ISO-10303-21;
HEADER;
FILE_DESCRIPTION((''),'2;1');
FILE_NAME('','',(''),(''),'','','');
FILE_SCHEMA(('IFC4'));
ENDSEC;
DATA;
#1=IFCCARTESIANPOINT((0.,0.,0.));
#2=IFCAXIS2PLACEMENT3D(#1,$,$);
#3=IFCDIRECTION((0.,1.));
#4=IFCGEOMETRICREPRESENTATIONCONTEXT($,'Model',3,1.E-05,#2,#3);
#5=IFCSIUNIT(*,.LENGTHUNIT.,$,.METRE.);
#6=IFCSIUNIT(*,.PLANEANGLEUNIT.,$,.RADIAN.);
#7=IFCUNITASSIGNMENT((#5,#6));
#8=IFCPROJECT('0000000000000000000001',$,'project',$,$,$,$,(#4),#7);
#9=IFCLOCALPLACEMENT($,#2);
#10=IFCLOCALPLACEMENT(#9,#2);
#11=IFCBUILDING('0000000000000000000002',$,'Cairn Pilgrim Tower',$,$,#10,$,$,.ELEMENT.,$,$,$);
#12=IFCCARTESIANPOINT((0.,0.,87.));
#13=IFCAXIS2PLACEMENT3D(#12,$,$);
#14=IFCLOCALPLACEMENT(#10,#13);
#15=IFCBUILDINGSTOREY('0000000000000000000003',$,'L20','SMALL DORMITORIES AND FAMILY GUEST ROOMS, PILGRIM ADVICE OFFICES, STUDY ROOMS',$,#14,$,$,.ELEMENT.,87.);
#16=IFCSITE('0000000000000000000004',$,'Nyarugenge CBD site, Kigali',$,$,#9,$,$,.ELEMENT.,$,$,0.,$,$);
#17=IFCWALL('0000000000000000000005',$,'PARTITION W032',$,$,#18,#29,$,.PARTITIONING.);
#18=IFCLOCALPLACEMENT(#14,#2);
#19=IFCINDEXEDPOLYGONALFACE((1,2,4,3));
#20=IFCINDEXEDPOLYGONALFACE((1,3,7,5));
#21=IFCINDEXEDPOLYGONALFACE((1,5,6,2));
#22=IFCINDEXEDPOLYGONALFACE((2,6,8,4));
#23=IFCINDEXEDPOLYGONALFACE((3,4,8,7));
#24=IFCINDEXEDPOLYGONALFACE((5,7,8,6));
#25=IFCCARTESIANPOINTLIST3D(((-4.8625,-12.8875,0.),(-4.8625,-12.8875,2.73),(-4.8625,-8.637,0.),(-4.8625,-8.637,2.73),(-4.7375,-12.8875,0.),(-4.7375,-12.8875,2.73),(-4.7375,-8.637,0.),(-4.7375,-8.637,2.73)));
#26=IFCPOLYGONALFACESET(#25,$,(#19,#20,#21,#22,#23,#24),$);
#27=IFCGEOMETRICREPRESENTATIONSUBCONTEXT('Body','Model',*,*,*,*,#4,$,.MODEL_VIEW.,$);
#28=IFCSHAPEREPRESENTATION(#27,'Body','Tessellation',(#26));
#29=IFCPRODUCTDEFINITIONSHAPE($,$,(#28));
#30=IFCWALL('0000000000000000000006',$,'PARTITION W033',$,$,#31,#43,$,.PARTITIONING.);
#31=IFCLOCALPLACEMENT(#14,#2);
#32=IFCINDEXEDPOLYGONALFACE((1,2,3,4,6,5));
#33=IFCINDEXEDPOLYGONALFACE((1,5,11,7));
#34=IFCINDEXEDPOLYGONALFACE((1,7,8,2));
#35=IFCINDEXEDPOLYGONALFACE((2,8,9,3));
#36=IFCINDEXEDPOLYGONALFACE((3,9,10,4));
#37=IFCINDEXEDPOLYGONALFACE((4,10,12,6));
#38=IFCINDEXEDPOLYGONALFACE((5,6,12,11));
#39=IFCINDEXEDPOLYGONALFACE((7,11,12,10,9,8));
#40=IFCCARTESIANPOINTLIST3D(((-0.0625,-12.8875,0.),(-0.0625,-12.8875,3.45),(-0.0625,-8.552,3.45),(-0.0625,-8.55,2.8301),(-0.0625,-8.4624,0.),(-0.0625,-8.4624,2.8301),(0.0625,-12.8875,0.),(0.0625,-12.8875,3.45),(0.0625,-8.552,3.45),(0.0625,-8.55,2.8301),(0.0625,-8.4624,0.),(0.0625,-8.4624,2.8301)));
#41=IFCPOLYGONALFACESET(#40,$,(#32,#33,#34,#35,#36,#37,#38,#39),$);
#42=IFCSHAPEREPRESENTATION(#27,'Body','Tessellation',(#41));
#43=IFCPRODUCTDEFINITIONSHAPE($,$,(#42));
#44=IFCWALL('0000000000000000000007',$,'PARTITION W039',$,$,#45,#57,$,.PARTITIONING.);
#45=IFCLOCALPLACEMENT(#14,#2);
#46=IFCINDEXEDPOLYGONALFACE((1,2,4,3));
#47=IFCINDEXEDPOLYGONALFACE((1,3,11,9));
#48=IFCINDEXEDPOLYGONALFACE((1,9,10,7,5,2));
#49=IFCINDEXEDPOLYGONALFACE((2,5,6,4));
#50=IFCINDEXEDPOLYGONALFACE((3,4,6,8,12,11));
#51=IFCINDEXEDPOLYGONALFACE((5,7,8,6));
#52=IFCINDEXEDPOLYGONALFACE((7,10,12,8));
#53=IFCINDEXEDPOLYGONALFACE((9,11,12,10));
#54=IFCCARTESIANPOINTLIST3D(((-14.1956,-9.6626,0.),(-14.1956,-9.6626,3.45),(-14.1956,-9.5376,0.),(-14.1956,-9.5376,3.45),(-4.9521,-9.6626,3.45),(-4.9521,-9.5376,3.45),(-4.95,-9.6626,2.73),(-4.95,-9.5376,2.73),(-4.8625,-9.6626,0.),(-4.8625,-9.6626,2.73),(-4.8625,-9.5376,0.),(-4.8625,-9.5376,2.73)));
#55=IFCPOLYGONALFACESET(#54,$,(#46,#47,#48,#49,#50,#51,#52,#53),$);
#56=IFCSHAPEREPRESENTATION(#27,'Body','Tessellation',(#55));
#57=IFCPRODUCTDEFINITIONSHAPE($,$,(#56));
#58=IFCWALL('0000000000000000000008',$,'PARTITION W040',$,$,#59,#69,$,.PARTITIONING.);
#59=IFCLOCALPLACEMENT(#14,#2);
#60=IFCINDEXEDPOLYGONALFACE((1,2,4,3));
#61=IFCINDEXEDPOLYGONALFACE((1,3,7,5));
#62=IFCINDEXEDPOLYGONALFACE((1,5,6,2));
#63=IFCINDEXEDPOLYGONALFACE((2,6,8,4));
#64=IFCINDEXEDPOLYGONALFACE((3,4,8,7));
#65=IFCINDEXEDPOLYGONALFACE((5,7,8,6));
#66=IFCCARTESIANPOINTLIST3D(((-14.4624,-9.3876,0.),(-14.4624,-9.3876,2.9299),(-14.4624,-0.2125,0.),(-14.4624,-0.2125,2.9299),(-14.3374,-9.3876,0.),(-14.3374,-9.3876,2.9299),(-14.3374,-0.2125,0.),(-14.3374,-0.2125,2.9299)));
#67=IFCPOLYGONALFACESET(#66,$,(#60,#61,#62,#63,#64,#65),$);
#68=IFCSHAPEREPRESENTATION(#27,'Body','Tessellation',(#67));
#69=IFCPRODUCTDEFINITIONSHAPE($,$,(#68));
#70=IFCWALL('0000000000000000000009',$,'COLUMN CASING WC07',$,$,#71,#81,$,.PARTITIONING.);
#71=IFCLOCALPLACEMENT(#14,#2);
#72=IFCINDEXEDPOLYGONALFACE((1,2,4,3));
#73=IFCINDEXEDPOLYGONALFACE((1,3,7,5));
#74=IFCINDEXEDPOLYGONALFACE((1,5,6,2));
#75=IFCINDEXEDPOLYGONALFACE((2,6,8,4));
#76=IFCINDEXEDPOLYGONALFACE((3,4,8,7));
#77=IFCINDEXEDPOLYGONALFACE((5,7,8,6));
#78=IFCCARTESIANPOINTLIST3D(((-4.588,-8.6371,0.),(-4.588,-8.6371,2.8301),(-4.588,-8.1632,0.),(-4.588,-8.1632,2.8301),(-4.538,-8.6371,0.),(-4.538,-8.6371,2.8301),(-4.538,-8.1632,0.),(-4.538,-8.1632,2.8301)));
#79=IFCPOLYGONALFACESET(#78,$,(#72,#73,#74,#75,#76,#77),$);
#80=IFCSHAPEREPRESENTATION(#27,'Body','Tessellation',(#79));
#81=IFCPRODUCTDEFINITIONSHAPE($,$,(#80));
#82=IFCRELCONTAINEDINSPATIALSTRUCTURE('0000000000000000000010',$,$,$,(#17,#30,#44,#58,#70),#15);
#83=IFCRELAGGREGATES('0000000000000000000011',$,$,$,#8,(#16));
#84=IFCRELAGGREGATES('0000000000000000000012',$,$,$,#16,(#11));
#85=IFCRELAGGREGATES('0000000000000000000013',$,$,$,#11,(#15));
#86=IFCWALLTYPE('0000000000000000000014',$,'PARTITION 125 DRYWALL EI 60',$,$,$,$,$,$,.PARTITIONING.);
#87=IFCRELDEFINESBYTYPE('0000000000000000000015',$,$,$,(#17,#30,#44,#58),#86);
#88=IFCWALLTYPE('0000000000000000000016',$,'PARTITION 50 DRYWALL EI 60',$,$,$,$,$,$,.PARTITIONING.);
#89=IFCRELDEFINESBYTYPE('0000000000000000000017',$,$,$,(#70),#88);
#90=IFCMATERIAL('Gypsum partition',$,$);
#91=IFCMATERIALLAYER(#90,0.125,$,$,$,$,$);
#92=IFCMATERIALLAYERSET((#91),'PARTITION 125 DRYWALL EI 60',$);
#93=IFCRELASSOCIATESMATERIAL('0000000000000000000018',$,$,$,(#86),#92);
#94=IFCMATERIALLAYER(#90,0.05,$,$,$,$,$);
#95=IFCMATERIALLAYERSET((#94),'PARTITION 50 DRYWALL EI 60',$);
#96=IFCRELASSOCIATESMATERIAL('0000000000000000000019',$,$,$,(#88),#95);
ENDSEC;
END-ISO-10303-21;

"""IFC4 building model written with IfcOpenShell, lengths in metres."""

from ifc_helpers import new_model, si_unit, direction, frame, frame_2d, origin, place, context, subcontext, project, spatial, polyline, rectangle, outline, extrude, material, layer, layer_set, type_object, element, save


model = new_model("IFC4")

# Units and contexts
model_context = context("Model", 3, precision=1e-05, world=origin(), true_north=direction((0.0, 1.0)))
body_context = subcontext(model_context, "Body", "Model", "MODEL_VIEW")
ifc_project = project(units=[si_unit("LENGTHUNIT", "METRE"), si_unit("PLANEANGLEUNIT", "RADIAN")], contexts=[model_context])

# Site, building, storey
site_placement = place(None, origin())
site = spatial("IfcSite", under=ifc_project, at=site_placement, Name="Nyarugenge CBD site, Kigali", CompositionType="ELEMENT", RefElevation=0.0)
building_placement = place(site_placement, origin())
building = spatial("IfcBuilding", under=site, at=building_placement, Name="Cairn Pilgrim Tower", CompositionType="ELEMENT")
storey_placement = place(building_placement, frame((0.0, 0.0, 87.0)))
storey = spatial("IfcBuildingStorey", under=building, at=storey_placement, Name="L20", Description="SMALL DORMITORIES AND FAMILY GUEST ROOMS, PILGRIM ADVICE OFFICES, STUDY ROOMS", CompositionType="ELEMENT", Elevation=87.0)

# Shared definitions
ifc_material_1 = material(Name="Gypsum partition")

# Walls
ifc_layer_1 = layer(ifc_material_1, 0.125)
ifc_layer_set_1 = layer_set([ifc_layer_1], Name="PARTITION 125 DRYWALL EI 60")
wall_type_1 = type_object("IfcWallType", Name="PARTITION 125 DRYWALL EI 60", PredefinedType="PARTITIONING", material=ifc_layer_set_1)
wall_1_placement = place(storey_placement, frame((-4.8, -12.8875, 0.0), z_axis=(0.0, 0.0, 1.0), x_axis=(0.0, 1.0, 0.0)))
element("IfcWall", 1, at=wall_1_placement, inside=storey, type_object=wall_type_1, Name="PARTITION W032", PredefinedType="PARTITIONING", context=body_context, shape_type="SweptSolid", body=[
    extrude(rectangle(XDim=4.2505, YDim=0.125, at=frame_2d((2.1252, 0.0))), origin(), (0.0, 0.0, 1.0), 2.73),
])
wall_2_placement = place(storey_placement, frame((0.0, -12.8875, 0.0), z_axis=(0.0, 0.0, 1.0), x_axis=(0.0, 1.0, 0.0)))
element("IfcWall", 2, at=wall_2_placement, inside=storey, type_object=wall_type_1, Name="PARTITION W033", PredefinedType="PARTITIONING", context=body_context, shape_type="SweptSolid", body=[
    extrude(outline(polyline([(0.0, 0.0), (4.425, 0.0), (4.425, 2.8301), (4.3374, 2.8301), (4.3354, 3.45), (0.0, 3.45), (0.0, 0.0)])), frame((0.0, 0.0625, 0.0), z_axis=(0.0, -1.0, 0.0), x_axis=(1.0, 0.0, 0.0)), (0.0, 0.0, 1.0), 0.125),
])
wall_3_placement = place(storey_placement, frame((-14.1956, -9.6001, 0.0), z_axis=(0.0, 0.0, 1.0), x_axis=(1.0, 0.0, 0.0)))
element("IfcWall", 3, at=wall_3_placement, inside=storey, type_object=wall_type_1, Name="PARTITION W039", PredefinedType="PARTITIONING", context=body_context, shape_type="SweptSolid", body=[
    extrude(outline(polyline([(0.0, 0.0), (9.333, 0.0), (9.333, 2.73), (9.2456, 2.73), (9.2434, 3.45), (0.0, 3.45), (0.0, 0.0)])), frame((0.0, 0.0625, 0.0), z_axis=(0.0, -1.0, 0.0), x_axis=(1.0, 0.0, 0.0)), (0.0, 0.0, 1.0), 0.125),
])
wall_4_placement = place(storey_placement, frame((-14.3999, -9.3875, 0.0), z_axis=(0.0, 0.0, 1.0), x_axis=(0.0, 1.0, 0.0)))
element("IfcWall", 4, at=wall_4_placement, inside=storey, type_object=wall_type_1, Name="PARTITION W040", PredefinedType="PARTITIONING", context=body_context, shape_type="SweptSolid", body=[
    extrude(rectangle(XDim=9.175, YDim=0.125, at=frame_2d((4.5874, 0.0))), origin(), (0.0, 0.0, 1.0), 2.9299),
])
ifc_layer_2 = layer(ifc_material_1, 0.05)
ifc_layer_set_2 = layer_set([ifc_layer_2], Name="PARTITION 50 DRYWALL EI 60")
wall_type_2 = type_object("IfcWallType", Name="PARTITION 50 DRYWALL EI 60", PredefinedType="PARTITIONING", material=ifc_layer_set_2)
wall_5_placement = place(storey_placement, frame((-4.563, -8.637, 0.0), z_axis=(0.0, 0.0, 1.0), x_axis=(0.0, 1.0, 0.0)))
element("IfcWall", 5, at=wall_5_placement, inside=storey, type_object=wall_type_2, Name="COLUMN CASING WC07", PredefinedType="PARTITIONING", context=body_context, shape_type="SweptSolid", body=[
    extrude(rectangle(XDim=0.4739, YDim=0.05, at=frame_2d((0.2368, 0.0))), origin(), (0.0, 0.0, 1.0), 2.8301),
])

save(model, "model.ifc")
